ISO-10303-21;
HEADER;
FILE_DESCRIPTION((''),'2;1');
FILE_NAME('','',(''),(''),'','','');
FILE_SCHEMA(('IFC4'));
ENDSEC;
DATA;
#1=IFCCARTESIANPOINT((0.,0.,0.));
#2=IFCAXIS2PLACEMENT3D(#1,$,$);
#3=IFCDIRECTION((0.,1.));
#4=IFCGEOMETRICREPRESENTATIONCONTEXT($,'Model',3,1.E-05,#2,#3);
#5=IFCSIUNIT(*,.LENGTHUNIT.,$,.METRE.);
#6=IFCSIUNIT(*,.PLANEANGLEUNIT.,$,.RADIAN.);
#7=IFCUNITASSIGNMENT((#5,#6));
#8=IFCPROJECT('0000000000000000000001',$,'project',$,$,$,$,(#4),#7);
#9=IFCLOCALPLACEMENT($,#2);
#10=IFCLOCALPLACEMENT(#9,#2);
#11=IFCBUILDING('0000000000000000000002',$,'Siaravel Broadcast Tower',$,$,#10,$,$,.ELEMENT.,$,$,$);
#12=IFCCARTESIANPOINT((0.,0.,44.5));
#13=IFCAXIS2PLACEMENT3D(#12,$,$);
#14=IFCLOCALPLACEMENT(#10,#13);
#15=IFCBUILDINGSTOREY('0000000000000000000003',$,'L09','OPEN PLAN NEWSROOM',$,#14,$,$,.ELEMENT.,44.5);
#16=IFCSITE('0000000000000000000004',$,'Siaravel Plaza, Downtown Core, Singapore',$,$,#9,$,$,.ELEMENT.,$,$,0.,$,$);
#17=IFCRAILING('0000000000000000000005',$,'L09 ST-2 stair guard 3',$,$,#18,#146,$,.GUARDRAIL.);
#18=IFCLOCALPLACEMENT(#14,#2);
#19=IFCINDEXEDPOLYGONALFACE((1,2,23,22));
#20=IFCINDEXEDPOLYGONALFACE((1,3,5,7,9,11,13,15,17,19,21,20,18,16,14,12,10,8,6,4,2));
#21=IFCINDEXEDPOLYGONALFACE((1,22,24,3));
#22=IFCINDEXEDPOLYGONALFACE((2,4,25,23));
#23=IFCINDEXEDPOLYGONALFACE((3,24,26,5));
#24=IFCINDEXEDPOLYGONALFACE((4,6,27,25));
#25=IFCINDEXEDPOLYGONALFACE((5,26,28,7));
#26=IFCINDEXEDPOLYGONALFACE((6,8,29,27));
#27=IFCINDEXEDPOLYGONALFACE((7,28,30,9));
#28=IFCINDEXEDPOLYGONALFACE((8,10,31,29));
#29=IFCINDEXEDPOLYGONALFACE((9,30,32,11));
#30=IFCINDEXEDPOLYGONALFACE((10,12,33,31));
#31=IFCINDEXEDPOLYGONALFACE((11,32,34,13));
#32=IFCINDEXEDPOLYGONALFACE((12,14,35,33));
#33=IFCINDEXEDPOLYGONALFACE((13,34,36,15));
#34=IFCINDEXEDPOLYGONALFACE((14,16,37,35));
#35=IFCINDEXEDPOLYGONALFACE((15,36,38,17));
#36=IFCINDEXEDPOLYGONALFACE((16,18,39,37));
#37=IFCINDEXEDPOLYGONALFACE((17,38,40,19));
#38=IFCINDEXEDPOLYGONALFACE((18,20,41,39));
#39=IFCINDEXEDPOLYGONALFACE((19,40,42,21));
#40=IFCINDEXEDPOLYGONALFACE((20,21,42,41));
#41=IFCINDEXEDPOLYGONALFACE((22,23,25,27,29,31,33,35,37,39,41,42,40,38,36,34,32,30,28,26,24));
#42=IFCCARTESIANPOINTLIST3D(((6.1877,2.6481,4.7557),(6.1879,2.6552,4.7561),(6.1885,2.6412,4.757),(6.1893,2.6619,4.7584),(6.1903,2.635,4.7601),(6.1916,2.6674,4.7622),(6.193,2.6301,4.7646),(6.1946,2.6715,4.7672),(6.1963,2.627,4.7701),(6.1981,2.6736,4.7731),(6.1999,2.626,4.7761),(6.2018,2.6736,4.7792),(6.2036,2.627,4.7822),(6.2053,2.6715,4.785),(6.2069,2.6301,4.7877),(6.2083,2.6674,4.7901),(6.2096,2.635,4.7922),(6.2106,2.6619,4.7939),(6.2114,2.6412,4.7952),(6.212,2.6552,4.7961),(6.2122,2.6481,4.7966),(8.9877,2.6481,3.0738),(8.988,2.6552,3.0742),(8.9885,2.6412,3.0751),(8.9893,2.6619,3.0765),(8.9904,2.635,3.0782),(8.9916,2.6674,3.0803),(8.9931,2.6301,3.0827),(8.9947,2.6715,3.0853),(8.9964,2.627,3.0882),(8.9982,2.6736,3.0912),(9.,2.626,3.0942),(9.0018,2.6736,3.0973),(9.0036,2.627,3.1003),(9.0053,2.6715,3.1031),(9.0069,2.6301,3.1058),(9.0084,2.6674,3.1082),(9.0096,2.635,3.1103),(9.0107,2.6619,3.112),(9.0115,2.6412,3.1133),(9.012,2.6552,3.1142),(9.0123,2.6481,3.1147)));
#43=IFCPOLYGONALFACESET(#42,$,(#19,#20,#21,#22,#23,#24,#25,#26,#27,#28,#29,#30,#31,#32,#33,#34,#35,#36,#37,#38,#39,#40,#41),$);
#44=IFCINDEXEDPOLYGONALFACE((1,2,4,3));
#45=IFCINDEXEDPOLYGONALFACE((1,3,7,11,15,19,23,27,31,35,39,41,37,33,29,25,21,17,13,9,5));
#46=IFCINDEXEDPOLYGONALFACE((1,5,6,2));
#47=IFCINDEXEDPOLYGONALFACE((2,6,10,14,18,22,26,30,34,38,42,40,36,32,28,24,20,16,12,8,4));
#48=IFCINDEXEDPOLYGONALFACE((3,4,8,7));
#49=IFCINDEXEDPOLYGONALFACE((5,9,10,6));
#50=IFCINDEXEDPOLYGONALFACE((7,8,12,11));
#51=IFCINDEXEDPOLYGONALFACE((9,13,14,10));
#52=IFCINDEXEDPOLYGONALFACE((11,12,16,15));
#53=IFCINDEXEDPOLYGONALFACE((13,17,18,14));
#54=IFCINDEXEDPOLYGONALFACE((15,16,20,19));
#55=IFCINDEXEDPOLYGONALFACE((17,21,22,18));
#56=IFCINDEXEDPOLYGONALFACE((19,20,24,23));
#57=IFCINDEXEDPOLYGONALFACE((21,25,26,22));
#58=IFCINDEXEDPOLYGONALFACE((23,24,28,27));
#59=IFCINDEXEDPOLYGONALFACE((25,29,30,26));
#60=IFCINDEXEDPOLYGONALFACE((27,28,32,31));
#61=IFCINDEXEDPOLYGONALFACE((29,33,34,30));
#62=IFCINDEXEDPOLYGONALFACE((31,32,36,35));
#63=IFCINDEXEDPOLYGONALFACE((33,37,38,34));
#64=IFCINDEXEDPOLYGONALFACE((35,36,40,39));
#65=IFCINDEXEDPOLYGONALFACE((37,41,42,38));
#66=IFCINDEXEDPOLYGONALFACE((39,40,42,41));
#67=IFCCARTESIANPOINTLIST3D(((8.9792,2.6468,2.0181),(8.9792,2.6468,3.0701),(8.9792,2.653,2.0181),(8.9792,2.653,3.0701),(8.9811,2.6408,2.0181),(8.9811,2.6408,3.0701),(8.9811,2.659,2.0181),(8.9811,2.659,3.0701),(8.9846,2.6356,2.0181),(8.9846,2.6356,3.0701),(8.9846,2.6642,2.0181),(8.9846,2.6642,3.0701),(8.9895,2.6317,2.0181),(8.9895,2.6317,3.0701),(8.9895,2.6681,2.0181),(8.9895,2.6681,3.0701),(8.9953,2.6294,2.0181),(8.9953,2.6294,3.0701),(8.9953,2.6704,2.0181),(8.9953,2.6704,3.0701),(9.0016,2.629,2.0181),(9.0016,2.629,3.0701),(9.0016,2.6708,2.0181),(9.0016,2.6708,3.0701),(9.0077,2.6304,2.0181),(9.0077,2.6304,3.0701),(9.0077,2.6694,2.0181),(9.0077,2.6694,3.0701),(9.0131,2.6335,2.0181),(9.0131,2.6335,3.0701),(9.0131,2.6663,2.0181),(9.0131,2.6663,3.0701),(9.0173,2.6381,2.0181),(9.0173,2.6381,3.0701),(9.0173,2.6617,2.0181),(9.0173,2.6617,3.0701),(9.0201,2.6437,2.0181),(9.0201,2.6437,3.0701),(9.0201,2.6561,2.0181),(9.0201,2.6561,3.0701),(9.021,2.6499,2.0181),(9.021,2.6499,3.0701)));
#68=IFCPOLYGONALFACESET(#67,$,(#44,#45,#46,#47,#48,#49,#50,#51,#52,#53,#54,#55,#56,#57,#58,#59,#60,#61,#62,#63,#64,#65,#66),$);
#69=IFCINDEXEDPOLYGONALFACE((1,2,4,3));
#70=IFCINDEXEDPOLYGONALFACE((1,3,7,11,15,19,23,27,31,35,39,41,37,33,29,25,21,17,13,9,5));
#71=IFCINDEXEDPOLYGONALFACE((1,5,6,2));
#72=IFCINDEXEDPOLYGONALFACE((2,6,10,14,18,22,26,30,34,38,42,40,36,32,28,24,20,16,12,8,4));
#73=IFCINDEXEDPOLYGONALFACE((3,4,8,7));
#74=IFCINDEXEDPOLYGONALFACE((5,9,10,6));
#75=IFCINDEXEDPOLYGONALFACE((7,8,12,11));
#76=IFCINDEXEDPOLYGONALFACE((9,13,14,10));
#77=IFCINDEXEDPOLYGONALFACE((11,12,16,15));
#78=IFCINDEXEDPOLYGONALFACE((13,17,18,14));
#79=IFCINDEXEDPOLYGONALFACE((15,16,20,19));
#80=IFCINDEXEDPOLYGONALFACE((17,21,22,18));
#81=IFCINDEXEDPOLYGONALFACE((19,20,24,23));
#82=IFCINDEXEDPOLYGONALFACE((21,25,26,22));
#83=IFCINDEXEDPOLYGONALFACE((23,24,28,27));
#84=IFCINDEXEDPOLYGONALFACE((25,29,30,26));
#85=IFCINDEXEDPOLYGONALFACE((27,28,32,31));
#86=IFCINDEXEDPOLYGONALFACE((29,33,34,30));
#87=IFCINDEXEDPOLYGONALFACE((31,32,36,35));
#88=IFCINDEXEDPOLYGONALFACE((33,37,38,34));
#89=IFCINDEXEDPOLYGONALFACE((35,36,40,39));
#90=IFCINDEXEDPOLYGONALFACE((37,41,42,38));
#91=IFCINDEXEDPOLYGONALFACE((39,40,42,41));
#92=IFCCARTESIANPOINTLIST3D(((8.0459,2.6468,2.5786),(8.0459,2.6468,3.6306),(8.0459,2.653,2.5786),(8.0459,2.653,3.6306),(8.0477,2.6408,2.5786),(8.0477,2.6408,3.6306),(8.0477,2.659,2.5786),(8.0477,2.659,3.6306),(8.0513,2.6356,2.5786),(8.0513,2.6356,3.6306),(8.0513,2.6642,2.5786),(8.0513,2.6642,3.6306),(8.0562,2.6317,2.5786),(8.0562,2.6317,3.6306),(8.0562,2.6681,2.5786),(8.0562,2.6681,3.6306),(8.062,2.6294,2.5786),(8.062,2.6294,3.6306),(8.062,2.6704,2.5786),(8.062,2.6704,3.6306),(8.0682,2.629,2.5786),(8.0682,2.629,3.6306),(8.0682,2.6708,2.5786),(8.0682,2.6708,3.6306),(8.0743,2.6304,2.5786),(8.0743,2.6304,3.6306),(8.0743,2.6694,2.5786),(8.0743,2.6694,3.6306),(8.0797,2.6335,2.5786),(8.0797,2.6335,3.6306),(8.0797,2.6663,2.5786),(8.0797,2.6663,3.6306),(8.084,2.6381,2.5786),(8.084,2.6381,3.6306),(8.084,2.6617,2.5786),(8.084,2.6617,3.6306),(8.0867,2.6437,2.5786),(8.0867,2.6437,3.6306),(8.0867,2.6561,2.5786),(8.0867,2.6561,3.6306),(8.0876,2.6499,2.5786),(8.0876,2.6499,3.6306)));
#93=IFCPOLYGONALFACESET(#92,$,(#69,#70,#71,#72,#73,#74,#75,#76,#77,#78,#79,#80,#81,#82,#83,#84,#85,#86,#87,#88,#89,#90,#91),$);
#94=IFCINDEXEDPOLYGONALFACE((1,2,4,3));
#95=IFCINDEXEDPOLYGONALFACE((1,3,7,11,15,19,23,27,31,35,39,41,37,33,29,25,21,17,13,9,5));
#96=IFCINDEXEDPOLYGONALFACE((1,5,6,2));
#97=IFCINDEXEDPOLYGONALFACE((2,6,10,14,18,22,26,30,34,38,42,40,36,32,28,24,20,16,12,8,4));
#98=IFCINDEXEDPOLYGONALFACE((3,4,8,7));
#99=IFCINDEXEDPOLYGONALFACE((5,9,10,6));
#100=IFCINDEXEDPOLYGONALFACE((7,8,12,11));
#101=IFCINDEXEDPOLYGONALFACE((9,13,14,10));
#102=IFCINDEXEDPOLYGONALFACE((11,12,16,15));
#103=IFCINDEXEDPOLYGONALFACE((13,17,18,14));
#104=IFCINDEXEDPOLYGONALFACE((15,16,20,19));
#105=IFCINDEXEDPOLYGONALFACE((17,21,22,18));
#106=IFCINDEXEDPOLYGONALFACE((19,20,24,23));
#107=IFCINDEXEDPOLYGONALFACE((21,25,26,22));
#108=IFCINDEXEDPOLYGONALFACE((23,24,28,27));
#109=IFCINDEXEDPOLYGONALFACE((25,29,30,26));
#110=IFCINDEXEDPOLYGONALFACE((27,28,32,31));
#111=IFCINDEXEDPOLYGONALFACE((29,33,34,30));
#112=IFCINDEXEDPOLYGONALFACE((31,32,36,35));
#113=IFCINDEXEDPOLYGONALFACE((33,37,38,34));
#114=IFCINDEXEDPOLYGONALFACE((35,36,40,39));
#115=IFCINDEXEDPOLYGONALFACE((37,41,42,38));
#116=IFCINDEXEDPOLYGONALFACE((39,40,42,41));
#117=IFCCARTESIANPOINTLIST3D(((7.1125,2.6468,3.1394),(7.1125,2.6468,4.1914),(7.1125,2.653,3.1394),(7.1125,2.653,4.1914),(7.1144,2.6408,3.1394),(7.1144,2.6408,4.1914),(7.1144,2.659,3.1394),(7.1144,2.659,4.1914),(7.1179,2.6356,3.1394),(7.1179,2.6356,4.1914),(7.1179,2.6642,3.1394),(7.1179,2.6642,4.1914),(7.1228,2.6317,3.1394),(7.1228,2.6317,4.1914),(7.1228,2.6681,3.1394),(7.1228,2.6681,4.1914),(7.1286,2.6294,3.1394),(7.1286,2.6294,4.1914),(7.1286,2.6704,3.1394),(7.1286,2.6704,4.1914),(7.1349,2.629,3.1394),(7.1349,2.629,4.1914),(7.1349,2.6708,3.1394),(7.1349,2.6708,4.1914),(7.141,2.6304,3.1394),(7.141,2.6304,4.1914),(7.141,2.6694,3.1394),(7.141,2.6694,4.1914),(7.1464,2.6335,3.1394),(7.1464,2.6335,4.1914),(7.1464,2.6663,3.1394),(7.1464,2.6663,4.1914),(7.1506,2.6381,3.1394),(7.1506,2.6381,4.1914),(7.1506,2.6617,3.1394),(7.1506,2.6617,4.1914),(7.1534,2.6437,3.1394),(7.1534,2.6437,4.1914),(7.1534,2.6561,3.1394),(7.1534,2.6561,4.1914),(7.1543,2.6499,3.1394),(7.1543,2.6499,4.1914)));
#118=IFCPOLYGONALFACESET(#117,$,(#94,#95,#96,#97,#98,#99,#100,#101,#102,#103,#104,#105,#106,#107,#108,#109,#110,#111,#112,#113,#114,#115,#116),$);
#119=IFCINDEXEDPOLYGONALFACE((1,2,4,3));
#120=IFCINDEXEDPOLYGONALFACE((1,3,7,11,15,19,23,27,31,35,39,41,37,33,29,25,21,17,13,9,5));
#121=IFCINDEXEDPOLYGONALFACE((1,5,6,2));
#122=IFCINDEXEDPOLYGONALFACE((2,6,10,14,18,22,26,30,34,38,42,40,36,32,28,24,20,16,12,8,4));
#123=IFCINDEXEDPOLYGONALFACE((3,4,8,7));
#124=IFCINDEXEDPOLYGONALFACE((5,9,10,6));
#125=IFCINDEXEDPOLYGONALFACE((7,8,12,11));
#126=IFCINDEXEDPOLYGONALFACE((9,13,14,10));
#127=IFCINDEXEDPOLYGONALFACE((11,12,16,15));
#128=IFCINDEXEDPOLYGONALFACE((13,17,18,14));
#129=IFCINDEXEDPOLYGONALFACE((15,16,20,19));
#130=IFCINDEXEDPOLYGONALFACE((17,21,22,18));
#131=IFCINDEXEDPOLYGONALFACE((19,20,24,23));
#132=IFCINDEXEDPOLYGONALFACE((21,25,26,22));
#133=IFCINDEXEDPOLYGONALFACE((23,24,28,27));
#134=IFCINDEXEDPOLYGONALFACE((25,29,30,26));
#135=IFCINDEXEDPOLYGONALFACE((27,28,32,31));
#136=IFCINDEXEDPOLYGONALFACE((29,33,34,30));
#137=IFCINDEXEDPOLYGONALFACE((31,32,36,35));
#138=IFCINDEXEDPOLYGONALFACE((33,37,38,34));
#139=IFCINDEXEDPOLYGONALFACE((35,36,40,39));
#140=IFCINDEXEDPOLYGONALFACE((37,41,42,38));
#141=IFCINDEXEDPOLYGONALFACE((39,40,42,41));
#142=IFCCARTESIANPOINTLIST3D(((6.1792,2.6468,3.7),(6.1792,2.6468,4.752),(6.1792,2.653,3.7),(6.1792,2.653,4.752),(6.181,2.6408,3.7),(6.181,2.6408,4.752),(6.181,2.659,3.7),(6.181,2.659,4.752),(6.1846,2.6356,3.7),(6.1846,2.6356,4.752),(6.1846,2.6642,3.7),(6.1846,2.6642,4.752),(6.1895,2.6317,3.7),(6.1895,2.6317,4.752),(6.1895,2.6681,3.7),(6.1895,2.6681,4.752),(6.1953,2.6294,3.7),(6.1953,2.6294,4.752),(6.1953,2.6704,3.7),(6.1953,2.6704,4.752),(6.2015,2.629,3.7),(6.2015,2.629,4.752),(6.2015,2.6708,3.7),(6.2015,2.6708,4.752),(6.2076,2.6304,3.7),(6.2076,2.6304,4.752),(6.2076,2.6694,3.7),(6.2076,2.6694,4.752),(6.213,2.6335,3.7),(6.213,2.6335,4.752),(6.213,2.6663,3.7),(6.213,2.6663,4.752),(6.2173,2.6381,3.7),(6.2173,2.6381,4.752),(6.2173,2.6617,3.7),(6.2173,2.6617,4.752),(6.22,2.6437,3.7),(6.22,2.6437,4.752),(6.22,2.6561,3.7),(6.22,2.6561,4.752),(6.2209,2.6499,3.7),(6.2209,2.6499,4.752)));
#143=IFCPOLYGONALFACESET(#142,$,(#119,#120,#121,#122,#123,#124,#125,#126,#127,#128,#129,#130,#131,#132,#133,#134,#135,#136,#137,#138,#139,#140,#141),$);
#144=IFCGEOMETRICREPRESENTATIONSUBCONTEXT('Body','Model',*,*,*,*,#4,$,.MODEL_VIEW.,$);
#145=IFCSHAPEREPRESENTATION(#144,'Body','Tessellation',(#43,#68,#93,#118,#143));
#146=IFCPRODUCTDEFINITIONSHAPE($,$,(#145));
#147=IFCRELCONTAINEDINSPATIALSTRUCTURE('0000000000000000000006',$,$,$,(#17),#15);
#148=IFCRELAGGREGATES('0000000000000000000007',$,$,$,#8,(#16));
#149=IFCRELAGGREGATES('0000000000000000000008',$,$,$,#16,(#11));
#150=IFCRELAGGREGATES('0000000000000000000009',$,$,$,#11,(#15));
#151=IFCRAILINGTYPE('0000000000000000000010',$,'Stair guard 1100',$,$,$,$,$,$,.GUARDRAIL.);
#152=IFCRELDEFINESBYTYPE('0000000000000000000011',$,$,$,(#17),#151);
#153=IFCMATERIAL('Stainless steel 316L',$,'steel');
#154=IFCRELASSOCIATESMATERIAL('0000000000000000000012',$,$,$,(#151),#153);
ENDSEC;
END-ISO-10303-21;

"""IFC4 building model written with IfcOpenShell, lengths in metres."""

from ifc_helpers import new_model, si_unit, direction, frame, origin, origin_2d, place, context, subcontext, project, spatial, circle, extrude, material, type_object, element, save


model = new_model("IFC4")

# Units and contexts
model_context = context("Model", 3, precision=1e-05, world=origin(), true_north=direction((0.0, 1.0)))
body_context = subcontext(model_context, "Body", "Model", "MODEL_VIEW")
ifc_project = project(units=[si_unit("LENGTHUNIT", "METRE"), si_unit("PLANEANGLEUNIT", "RADIAN")], contexts=[model_context])

# Site, building, storey
site_placement = place(None, origin())
site = spatial("IfcSite", under=ifc_project, at=site_placement, Name="Siaravel Plaza, Downtown Core, Singapore", CompositionType="ELEMENT", RefElevation=0.0)
building_placement = place(site_placement, origin())
building = spatial("IfcBuilding", under=site, at=building_placement, Name="Siaravel Broadcast Tower", CompositionType="ELEMENT")
storey_placement = place(building_placement, frame((0.0, 0.0, 44.5)))
storey = spatial("IfcBuildingStorey", under=building, at=storey_placement, Name="L09", Description="OPEN PLAN NEWSROOM", CompositionType="ELEMENT", Elevation=44.5)

# Railing
ifc_material_1 = material(Name="Stainless steel 316L", Category="steel")
railing_type_1 = type_object("IfcRailingType", Name="Stair guard 1100", PredefinedType="GUARDRAIL", material=ifc_material_1)
railing_1_placement = place(storey_placement, frame((9.0, 2.6499, 2.0181)))
element("IfcRailing", 1, at=railing_1_placement, inside=storey, type_object=railing_type_1, Name="L09 ST-2 stair guard 3", PredefinedType="GUARDRAIL", context=body_context, shape_type="SweptSolid", body=[
    extrude(circle(Radius=0.0239, at=origin_2d()), frame((0.0, 0.0, 1.0762), z_axis=(-0.857242, 0.0, 0.514913), x_axis=(0.0, -1.0, 0.0)), (0.0, 0.0, 1.0), 3.2664),
    extrude(circle(Radius=0.021, at=origin_2d()), origin(), (0.0, 0.0, 1.0), 1.052),
    extrude(circle(Radius=0.021, at=origin_2d()), frame((-0.9333, 0.0, 0.5605)), (0.0, 0.0, 1.0), 1.052),
    extrude(circle(Radius=0.021, at=origin_2d()), frame((-1.8667, 0.0, 1.1213)), (0.0, 0.0, 1.0), 1.052),
    extrude(circle(Radius=0.021, at=origin_2d()), frame((-2.8, 0.0, 1.6819)), (0.0, 0.0, 1.0), 1.052),
])

save(model, "model.ifc")
